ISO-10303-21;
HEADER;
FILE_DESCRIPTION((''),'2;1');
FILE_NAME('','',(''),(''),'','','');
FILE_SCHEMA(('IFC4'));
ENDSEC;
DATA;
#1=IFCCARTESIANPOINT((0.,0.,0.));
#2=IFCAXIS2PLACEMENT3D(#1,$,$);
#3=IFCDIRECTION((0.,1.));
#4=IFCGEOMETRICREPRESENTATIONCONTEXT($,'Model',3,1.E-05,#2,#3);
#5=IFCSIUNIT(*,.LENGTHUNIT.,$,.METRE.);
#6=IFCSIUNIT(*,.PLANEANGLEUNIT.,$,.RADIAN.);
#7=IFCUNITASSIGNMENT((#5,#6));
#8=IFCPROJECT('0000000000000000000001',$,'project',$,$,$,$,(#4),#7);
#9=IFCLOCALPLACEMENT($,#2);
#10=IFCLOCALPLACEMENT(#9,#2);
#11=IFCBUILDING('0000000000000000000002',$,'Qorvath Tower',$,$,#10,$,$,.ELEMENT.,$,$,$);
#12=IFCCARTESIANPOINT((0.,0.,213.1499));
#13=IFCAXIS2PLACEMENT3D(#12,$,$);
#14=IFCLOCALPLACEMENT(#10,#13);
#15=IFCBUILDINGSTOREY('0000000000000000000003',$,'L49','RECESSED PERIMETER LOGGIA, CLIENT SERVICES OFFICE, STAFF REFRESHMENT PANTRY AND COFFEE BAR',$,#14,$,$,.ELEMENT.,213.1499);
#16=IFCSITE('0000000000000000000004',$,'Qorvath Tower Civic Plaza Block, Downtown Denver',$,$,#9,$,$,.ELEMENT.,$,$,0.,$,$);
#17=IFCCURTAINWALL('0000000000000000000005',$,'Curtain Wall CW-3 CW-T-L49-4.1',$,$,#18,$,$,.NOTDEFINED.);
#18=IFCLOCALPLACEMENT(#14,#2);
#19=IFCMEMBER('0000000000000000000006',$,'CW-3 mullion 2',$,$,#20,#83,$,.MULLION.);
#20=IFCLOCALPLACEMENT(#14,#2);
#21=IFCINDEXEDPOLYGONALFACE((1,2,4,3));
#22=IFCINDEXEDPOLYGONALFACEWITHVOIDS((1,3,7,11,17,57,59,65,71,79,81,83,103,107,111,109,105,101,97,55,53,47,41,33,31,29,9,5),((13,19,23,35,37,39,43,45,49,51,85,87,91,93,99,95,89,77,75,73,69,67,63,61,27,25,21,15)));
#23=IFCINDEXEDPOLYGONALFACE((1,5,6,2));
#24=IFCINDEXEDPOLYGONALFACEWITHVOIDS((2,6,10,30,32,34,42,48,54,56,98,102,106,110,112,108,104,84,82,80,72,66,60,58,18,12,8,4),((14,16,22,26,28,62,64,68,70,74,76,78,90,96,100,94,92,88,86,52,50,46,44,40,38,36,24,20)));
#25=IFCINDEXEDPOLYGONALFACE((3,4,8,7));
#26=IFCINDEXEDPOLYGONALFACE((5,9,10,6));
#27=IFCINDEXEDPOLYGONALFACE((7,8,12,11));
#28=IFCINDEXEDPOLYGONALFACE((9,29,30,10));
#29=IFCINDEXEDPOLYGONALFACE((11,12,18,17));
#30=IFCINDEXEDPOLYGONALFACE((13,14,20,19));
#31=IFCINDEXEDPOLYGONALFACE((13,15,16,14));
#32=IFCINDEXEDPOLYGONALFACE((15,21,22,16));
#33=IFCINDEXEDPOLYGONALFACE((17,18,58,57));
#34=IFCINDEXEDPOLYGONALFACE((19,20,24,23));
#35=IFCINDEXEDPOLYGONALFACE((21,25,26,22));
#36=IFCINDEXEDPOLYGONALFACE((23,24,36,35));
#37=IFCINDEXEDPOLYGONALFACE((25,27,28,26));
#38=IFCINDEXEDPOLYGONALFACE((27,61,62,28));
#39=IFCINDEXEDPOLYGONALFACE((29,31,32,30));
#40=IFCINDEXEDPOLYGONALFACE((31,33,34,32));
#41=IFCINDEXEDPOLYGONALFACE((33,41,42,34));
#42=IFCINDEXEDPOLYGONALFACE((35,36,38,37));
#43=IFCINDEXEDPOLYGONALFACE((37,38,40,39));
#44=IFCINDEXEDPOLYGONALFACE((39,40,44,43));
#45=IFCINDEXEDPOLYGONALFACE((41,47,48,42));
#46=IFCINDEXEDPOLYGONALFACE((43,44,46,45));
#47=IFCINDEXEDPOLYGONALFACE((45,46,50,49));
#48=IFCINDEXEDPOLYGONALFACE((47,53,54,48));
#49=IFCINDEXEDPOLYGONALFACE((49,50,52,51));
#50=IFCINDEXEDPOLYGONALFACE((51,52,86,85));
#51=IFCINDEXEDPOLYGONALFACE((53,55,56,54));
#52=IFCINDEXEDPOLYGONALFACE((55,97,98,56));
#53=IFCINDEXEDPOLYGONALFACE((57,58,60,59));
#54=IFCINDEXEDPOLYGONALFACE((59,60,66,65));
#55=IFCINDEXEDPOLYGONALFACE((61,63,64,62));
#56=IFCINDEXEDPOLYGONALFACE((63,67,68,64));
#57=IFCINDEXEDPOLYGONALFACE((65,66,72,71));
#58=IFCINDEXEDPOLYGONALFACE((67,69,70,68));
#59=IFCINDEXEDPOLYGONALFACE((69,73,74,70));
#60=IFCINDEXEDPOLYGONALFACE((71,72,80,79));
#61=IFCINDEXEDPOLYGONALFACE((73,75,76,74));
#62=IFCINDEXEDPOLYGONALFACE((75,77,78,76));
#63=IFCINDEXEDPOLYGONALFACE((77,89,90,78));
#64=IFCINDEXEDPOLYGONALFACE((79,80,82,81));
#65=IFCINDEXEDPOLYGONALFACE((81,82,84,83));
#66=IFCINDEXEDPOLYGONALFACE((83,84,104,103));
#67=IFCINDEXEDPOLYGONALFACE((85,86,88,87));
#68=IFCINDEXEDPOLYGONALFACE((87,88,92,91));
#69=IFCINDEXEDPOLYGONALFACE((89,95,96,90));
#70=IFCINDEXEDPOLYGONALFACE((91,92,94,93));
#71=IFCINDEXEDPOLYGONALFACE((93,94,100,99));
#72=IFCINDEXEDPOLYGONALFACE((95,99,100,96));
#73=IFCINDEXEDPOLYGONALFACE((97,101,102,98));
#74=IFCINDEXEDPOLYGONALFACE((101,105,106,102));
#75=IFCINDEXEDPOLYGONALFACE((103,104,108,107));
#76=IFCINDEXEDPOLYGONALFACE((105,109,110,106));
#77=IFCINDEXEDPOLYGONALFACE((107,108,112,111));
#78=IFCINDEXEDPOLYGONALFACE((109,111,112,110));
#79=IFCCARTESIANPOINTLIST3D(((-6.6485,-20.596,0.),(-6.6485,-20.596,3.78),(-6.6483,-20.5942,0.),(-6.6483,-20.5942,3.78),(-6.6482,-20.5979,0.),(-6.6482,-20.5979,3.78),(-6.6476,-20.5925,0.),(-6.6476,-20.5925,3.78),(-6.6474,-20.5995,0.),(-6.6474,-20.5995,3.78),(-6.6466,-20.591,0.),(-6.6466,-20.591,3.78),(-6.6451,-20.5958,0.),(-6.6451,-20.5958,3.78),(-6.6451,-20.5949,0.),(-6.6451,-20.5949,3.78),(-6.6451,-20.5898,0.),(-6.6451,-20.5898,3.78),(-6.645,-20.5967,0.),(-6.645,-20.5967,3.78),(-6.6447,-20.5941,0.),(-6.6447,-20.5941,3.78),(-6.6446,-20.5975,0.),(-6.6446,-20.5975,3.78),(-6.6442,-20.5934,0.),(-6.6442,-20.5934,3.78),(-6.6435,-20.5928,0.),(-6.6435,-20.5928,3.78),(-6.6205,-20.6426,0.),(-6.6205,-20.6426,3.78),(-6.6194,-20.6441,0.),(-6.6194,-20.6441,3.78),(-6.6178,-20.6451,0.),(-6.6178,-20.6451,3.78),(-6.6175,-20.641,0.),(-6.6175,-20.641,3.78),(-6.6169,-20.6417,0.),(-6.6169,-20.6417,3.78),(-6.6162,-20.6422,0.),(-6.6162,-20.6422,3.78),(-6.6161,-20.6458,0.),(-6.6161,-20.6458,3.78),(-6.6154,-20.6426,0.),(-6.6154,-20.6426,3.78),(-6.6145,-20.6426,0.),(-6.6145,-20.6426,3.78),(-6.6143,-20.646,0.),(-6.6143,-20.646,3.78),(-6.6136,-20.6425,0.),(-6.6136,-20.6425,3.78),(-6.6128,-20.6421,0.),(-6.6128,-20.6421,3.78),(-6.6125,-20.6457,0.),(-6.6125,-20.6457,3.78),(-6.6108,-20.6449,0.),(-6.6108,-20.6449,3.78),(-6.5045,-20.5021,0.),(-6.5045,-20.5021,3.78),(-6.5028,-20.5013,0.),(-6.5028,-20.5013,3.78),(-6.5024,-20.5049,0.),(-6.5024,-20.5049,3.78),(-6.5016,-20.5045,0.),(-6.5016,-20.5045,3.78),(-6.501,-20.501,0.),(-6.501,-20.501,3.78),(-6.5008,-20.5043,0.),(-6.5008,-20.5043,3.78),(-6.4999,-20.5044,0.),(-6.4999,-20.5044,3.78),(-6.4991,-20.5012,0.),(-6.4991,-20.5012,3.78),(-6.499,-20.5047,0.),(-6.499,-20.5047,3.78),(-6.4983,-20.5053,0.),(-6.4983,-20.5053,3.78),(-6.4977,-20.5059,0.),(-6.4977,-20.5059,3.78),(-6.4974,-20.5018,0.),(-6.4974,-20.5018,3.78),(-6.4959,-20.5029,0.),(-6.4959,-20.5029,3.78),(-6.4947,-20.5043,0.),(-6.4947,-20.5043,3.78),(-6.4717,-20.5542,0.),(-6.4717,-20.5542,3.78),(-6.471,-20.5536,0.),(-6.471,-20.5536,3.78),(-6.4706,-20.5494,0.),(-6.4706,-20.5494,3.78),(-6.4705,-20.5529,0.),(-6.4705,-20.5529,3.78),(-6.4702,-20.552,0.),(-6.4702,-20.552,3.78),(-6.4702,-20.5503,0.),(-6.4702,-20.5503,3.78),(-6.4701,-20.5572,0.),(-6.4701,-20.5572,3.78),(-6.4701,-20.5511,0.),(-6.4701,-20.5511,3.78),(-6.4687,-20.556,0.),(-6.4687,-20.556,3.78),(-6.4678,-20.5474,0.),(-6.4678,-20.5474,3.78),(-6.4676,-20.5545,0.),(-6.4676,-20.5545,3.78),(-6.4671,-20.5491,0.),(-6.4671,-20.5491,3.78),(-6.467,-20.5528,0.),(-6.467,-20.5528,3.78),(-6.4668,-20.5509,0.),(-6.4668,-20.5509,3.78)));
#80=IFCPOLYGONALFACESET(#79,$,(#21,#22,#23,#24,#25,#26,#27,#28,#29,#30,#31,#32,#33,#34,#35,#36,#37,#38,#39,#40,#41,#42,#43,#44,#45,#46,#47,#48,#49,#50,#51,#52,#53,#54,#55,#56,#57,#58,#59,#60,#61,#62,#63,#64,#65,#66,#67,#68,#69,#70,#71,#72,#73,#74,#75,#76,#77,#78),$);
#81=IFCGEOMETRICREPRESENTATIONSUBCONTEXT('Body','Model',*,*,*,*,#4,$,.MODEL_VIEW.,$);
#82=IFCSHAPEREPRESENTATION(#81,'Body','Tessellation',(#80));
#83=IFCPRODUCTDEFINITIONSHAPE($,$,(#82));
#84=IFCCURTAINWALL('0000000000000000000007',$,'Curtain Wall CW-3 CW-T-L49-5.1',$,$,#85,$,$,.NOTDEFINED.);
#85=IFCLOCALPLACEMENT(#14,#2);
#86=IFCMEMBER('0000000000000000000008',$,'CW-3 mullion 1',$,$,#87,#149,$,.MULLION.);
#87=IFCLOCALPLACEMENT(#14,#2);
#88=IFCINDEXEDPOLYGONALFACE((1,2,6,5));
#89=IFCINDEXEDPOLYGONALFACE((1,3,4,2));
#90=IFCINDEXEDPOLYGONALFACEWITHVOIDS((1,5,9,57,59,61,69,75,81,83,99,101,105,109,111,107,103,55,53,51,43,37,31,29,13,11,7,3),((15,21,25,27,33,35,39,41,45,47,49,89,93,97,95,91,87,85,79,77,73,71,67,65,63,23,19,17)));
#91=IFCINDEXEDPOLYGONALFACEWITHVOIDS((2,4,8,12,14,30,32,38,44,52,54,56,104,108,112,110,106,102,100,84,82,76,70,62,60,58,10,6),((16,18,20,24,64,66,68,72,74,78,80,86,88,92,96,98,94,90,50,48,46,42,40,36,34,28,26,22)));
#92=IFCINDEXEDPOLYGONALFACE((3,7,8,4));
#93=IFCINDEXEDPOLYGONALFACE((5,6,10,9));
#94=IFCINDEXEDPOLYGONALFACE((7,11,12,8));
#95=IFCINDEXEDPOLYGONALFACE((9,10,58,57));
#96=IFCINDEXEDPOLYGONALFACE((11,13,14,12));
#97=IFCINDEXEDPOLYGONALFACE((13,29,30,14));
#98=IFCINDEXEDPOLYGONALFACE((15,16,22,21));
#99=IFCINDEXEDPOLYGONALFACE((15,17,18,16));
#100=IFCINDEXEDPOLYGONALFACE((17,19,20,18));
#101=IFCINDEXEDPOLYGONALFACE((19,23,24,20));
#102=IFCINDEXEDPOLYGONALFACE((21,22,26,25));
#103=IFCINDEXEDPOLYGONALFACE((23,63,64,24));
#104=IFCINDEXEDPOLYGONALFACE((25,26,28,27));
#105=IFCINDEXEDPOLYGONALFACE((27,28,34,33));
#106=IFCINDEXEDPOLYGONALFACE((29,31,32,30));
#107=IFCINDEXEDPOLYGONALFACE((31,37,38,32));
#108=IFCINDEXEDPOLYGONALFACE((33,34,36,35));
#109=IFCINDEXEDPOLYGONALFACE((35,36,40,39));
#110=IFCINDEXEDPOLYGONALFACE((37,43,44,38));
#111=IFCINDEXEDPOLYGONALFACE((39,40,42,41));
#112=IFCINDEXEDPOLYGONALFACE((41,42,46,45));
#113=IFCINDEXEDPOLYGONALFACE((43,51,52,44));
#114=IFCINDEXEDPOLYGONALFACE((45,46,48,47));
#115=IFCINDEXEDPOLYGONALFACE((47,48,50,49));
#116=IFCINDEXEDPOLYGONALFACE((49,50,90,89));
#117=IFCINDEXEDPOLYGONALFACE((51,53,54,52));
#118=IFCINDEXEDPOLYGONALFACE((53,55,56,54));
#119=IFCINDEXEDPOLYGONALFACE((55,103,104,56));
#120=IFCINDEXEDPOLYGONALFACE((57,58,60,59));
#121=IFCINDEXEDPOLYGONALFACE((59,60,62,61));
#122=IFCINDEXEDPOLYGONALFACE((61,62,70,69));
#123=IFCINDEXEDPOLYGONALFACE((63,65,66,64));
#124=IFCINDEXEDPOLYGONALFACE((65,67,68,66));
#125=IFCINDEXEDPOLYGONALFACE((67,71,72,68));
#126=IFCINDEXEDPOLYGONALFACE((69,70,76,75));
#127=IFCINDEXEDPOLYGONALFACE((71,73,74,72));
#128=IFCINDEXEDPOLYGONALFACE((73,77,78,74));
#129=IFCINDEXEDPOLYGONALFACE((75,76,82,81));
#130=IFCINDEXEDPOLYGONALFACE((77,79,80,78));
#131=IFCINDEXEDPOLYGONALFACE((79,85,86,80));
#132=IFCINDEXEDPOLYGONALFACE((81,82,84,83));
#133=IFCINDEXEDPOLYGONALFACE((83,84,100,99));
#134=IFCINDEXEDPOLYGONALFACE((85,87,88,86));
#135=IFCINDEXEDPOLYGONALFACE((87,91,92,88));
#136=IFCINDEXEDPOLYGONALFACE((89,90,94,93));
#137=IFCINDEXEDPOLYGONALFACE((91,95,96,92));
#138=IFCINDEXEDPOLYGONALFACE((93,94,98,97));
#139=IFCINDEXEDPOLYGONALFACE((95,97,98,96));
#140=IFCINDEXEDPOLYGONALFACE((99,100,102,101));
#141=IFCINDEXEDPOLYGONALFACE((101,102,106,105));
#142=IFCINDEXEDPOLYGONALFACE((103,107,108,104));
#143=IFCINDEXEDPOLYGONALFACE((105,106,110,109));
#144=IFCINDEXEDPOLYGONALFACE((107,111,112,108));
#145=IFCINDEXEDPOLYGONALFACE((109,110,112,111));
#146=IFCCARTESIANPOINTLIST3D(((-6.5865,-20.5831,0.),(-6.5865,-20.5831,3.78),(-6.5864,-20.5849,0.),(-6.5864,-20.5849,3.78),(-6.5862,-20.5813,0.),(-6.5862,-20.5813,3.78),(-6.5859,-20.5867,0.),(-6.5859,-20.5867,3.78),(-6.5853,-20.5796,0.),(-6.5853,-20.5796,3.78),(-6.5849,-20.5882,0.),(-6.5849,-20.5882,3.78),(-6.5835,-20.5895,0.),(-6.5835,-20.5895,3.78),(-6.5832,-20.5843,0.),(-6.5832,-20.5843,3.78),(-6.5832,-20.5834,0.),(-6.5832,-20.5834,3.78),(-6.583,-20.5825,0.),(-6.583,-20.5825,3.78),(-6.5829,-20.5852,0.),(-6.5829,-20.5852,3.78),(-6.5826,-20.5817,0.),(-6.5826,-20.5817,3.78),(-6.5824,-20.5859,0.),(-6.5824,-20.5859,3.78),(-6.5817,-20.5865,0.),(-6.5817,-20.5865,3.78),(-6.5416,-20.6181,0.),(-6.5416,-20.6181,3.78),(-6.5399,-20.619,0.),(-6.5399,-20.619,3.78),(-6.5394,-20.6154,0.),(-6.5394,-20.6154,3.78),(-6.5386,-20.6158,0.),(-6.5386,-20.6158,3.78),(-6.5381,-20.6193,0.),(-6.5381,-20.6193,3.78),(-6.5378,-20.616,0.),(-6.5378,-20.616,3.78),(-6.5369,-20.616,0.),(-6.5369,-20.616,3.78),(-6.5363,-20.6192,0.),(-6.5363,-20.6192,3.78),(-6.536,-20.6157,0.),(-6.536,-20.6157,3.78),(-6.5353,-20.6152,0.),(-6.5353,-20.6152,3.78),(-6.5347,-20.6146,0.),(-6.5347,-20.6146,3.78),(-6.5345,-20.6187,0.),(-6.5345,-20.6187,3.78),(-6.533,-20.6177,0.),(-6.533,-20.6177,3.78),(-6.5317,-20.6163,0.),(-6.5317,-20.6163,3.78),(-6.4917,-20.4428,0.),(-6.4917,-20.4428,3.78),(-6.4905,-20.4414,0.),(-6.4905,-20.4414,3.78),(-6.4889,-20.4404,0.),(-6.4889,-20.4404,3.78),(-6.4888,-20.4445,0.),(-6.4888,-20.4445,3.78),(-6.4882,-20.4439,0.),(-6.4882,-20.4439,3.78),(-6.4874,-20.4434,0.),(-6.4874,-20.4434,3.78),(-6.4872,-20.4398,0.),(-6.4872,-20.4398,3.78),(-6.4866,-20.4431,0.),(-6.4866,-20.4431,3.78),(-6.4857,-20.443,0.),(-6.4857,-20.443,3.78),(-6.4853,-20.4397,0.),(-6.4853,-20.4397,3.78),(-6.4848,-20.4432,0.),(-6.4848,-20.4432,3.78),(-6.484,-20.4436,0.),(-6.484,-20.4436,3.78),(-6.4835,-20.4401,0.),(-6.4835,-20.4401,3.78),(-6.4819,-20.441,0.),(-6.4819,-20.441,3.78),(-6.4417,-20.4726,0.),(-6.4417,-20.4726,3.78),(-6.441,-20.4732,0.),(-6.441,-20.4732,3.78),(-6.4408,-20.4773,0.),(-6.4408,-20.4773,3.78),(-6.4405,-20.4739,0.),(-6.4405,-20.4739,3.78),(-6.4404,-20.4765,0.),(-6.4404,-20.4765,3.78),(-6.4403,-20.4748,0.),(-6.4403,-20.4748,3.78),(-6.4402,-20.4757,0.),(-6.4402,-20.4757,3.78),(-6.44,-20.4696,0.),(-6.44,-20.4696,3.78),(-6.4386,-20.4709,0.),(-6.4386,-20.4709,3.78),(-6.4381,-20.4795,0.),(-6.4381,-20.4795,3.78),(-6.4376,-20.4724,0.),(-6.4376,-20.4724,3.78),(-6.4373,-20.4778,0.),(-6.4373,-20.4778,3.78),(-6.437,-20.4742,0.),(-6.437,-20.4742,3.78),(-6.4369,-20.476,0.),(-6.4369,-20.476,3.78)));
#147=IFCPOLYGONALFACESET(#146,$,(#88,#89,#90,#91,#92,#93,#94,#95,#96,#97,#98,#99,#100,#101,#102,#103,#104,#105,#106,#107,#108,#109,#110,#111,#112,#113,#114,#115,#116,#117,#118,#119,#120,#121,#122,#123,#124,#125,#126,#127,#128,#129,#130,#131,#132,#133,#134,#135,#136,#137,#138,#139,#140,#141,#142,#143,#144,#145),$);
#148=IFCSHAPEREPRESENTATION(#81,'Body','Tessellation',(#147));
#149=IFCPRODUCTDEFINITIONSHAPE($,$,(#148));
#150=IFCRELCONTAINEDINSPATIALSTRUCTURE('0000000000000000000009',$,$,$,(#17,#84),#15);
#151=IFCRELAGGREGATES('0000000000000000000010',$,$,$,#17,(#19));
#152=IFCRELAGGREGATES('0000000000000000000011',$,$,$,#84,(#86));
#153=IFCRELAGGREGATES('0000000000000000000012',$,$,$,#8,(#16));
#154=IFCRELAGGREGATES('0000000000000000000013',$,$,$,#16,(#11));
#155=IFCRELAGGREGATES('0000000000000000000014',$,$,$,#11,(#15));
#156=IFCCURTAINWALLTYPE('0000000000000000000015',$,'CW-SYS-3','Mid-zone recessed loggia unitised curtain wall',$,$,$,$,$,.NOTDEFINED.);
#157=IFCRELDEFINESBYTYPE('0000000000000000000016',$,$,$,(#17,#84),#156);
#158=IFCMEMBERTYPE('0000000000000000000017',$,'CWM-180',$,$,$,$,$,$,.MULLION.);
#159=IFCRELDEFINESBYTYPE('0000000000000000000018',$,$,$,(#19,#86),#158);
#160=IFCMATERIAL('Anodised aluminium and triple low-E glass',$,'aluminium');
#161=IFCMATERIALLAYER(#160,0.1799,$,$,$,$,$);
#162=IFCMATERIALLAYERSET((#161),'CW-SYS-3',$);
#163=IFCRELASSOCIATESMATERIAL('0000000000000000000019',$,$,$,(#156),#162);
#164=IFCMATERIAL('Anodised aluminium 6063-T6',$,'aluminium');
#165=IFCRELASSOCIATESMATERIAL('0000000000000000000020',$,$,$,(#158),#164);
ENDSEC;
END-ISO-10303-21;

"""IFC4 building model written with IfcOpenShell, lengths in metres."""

from ifc_helpers import new_model, si_unit, direction, frame, origin, origin_2d, place, context, subcontext, project, spatial, hollow_rectangle, extrude, material, layer, layer_set, material_profile, profile_set, type_object, element, aggregate, save


model = new_model("IFC4")

# Units and contexts
model_context = context("Model", 3, precision=1e-05, world=origin(), true_north=direction((0.0, 1.0)))
body_context = subcontext(model_context, "Body", "Model", "MODEL_VIEW")
ifc_project = project(units=[si_unit("LENGTHUNIT", "METRE"), si_unit("PLANEANGLEUNIT", "RADIAN")], contexts=[model_context])

# Site, building, storey
site_placement = place(None, origin())
site = spatial("IfcSite", under=ifc_project, at=site_placement, Name="Qorvath Tower Civic Plaza Block, Downtown Denver", CompositionType="ELEMENT", RefElevation=0.0)
building_placement = place(site_placement, origin())
building = spatial("IfcBuilding", under=site, at=building_placement, Name="Qorvath Tower", CompositionType="ELEMENT")
storey_placement = place(building_placement, frame((0.0, 0.0, 213.1499)))
storey = spatial("IfcBuildingStorey", under=building, at=storey_placement, Name="L49", Description="RECESSED PERIMETER LOGGIA, CLIENT SERVICES OFFICE, STAFF REFRESHMENT PANTRY AND COFFEE BAR", CompositionType="ELEMENT", Elevation=213.1499)

# Shared definitions
ifc_material_1 = material(Name="Anodised aluminium and triple low-E glass", Category="aluminium")
ifc_layer_1 = layer(ifc_material_1, 0.1799)
ifc_layer_set_1 = layer_set([ifc_layer_1], Name="CW-SYS-3")
curtain_wall_type = type_object("IfcCurtainWallType", Name="CW-SYS-3", Description="Mid-zone recessed loggia unitised curtain wall", PredefinedType="NOTDEFINED", material=ifc_layer_set_1)
ifc_material_2 = material(Name="Anodised aluminium 6063-T6", Category="aluminium")
ifc_material_profile_1 = material_profile(ifc_material_2, hollow_rectangle(XDim=0.0649, YDim=0.1799, WallThickness=0.0034, InnerFilletRadius=0.0034, OuterFilletRadius=0.0071, at=origin_2d()), Name="CWM 180x65")
ifc_profile_set_1 = profile_set([ifc_material_profile_1], Name="Anodised aluminium 6063-T6")
member_type_1 = type_object("IfcMemberType", Name="CWM-180", PredefinedType="MULLION", material=ifc_profile_set_1)

# Curtain walls, members
curtain_wall_1_placement = place(storey_placement, origin())
curtain_wall_1 = element("IfcCurtainWall", 1, at=curtain_wall_1_placement, inside=storey, type_object=curtain_wall_type, Name="Curtain Wall CW-3 CW-T-L49-4.1", PredefinedType="NOTDEFINED")
member_1_placement = place(storey_placement, frame((-6.5576, -20.5735, 0.0), z_axis=(0.0, 0.0, 1.0), x_axis=(-0.529074, 0.848576, 0.0)))
member_1 = element("IfcMember", 2, at=member_1_placement, type_object=member_type_1, Name="CW-3 mullion 2", PredefinedType="MULLION", context=body_context, shape_type="SweptSolid", body=[
    extrude(hollow_rectangle(XDim=0.0649, YDim=0.1799, WallThickness=0.0034, InnerFilletRadius=0.0034, OuterFilletRadius=0.0071, at=origin_2d()), origin(), (0.0, 0.0, 1.0), 3.78),
])
curtain_wall_2_placement = place(storey_placement, origin())
curtain_wall_2 = element("IfcCurtainWall", 3, at=curtain_wall_2_placement, inside=storey, type_object=curtain_wall_type, Name="Curtain Wall CW-3 CW-T-L49-5.1", PredefinedType="NOTDEFINED")
member_2_placement = place(storey_placement, frame((-6.5117, -20.5295, 0.0), z_axis=(0.0, 0.0, 1.0), x_axis=(-0.825323, 0.564661, 0.0)))
member_2 = element("IfcMember", 4, at=member_2_placement, type_object=member_type_1, Name="CW-3 mullion 1", PredefinedType="MULLION", context=body_context, shape_type="SweptSolid", body=[
    extrude(hollow_rectangle(XDim=0.0649, YDim=0.1799, WallThickness=0.0034, InnerFilletRadius=0.0034, OuterFilletRadius=0.0071, at=origin_2d()), origin(), (0.0, 0.0, 1.0), 3.78),
])

aggregate(curtain_wall_1, [member_1])
aggregate(curtain_wall_2, [member_2])

save(model, "model.ifc")
